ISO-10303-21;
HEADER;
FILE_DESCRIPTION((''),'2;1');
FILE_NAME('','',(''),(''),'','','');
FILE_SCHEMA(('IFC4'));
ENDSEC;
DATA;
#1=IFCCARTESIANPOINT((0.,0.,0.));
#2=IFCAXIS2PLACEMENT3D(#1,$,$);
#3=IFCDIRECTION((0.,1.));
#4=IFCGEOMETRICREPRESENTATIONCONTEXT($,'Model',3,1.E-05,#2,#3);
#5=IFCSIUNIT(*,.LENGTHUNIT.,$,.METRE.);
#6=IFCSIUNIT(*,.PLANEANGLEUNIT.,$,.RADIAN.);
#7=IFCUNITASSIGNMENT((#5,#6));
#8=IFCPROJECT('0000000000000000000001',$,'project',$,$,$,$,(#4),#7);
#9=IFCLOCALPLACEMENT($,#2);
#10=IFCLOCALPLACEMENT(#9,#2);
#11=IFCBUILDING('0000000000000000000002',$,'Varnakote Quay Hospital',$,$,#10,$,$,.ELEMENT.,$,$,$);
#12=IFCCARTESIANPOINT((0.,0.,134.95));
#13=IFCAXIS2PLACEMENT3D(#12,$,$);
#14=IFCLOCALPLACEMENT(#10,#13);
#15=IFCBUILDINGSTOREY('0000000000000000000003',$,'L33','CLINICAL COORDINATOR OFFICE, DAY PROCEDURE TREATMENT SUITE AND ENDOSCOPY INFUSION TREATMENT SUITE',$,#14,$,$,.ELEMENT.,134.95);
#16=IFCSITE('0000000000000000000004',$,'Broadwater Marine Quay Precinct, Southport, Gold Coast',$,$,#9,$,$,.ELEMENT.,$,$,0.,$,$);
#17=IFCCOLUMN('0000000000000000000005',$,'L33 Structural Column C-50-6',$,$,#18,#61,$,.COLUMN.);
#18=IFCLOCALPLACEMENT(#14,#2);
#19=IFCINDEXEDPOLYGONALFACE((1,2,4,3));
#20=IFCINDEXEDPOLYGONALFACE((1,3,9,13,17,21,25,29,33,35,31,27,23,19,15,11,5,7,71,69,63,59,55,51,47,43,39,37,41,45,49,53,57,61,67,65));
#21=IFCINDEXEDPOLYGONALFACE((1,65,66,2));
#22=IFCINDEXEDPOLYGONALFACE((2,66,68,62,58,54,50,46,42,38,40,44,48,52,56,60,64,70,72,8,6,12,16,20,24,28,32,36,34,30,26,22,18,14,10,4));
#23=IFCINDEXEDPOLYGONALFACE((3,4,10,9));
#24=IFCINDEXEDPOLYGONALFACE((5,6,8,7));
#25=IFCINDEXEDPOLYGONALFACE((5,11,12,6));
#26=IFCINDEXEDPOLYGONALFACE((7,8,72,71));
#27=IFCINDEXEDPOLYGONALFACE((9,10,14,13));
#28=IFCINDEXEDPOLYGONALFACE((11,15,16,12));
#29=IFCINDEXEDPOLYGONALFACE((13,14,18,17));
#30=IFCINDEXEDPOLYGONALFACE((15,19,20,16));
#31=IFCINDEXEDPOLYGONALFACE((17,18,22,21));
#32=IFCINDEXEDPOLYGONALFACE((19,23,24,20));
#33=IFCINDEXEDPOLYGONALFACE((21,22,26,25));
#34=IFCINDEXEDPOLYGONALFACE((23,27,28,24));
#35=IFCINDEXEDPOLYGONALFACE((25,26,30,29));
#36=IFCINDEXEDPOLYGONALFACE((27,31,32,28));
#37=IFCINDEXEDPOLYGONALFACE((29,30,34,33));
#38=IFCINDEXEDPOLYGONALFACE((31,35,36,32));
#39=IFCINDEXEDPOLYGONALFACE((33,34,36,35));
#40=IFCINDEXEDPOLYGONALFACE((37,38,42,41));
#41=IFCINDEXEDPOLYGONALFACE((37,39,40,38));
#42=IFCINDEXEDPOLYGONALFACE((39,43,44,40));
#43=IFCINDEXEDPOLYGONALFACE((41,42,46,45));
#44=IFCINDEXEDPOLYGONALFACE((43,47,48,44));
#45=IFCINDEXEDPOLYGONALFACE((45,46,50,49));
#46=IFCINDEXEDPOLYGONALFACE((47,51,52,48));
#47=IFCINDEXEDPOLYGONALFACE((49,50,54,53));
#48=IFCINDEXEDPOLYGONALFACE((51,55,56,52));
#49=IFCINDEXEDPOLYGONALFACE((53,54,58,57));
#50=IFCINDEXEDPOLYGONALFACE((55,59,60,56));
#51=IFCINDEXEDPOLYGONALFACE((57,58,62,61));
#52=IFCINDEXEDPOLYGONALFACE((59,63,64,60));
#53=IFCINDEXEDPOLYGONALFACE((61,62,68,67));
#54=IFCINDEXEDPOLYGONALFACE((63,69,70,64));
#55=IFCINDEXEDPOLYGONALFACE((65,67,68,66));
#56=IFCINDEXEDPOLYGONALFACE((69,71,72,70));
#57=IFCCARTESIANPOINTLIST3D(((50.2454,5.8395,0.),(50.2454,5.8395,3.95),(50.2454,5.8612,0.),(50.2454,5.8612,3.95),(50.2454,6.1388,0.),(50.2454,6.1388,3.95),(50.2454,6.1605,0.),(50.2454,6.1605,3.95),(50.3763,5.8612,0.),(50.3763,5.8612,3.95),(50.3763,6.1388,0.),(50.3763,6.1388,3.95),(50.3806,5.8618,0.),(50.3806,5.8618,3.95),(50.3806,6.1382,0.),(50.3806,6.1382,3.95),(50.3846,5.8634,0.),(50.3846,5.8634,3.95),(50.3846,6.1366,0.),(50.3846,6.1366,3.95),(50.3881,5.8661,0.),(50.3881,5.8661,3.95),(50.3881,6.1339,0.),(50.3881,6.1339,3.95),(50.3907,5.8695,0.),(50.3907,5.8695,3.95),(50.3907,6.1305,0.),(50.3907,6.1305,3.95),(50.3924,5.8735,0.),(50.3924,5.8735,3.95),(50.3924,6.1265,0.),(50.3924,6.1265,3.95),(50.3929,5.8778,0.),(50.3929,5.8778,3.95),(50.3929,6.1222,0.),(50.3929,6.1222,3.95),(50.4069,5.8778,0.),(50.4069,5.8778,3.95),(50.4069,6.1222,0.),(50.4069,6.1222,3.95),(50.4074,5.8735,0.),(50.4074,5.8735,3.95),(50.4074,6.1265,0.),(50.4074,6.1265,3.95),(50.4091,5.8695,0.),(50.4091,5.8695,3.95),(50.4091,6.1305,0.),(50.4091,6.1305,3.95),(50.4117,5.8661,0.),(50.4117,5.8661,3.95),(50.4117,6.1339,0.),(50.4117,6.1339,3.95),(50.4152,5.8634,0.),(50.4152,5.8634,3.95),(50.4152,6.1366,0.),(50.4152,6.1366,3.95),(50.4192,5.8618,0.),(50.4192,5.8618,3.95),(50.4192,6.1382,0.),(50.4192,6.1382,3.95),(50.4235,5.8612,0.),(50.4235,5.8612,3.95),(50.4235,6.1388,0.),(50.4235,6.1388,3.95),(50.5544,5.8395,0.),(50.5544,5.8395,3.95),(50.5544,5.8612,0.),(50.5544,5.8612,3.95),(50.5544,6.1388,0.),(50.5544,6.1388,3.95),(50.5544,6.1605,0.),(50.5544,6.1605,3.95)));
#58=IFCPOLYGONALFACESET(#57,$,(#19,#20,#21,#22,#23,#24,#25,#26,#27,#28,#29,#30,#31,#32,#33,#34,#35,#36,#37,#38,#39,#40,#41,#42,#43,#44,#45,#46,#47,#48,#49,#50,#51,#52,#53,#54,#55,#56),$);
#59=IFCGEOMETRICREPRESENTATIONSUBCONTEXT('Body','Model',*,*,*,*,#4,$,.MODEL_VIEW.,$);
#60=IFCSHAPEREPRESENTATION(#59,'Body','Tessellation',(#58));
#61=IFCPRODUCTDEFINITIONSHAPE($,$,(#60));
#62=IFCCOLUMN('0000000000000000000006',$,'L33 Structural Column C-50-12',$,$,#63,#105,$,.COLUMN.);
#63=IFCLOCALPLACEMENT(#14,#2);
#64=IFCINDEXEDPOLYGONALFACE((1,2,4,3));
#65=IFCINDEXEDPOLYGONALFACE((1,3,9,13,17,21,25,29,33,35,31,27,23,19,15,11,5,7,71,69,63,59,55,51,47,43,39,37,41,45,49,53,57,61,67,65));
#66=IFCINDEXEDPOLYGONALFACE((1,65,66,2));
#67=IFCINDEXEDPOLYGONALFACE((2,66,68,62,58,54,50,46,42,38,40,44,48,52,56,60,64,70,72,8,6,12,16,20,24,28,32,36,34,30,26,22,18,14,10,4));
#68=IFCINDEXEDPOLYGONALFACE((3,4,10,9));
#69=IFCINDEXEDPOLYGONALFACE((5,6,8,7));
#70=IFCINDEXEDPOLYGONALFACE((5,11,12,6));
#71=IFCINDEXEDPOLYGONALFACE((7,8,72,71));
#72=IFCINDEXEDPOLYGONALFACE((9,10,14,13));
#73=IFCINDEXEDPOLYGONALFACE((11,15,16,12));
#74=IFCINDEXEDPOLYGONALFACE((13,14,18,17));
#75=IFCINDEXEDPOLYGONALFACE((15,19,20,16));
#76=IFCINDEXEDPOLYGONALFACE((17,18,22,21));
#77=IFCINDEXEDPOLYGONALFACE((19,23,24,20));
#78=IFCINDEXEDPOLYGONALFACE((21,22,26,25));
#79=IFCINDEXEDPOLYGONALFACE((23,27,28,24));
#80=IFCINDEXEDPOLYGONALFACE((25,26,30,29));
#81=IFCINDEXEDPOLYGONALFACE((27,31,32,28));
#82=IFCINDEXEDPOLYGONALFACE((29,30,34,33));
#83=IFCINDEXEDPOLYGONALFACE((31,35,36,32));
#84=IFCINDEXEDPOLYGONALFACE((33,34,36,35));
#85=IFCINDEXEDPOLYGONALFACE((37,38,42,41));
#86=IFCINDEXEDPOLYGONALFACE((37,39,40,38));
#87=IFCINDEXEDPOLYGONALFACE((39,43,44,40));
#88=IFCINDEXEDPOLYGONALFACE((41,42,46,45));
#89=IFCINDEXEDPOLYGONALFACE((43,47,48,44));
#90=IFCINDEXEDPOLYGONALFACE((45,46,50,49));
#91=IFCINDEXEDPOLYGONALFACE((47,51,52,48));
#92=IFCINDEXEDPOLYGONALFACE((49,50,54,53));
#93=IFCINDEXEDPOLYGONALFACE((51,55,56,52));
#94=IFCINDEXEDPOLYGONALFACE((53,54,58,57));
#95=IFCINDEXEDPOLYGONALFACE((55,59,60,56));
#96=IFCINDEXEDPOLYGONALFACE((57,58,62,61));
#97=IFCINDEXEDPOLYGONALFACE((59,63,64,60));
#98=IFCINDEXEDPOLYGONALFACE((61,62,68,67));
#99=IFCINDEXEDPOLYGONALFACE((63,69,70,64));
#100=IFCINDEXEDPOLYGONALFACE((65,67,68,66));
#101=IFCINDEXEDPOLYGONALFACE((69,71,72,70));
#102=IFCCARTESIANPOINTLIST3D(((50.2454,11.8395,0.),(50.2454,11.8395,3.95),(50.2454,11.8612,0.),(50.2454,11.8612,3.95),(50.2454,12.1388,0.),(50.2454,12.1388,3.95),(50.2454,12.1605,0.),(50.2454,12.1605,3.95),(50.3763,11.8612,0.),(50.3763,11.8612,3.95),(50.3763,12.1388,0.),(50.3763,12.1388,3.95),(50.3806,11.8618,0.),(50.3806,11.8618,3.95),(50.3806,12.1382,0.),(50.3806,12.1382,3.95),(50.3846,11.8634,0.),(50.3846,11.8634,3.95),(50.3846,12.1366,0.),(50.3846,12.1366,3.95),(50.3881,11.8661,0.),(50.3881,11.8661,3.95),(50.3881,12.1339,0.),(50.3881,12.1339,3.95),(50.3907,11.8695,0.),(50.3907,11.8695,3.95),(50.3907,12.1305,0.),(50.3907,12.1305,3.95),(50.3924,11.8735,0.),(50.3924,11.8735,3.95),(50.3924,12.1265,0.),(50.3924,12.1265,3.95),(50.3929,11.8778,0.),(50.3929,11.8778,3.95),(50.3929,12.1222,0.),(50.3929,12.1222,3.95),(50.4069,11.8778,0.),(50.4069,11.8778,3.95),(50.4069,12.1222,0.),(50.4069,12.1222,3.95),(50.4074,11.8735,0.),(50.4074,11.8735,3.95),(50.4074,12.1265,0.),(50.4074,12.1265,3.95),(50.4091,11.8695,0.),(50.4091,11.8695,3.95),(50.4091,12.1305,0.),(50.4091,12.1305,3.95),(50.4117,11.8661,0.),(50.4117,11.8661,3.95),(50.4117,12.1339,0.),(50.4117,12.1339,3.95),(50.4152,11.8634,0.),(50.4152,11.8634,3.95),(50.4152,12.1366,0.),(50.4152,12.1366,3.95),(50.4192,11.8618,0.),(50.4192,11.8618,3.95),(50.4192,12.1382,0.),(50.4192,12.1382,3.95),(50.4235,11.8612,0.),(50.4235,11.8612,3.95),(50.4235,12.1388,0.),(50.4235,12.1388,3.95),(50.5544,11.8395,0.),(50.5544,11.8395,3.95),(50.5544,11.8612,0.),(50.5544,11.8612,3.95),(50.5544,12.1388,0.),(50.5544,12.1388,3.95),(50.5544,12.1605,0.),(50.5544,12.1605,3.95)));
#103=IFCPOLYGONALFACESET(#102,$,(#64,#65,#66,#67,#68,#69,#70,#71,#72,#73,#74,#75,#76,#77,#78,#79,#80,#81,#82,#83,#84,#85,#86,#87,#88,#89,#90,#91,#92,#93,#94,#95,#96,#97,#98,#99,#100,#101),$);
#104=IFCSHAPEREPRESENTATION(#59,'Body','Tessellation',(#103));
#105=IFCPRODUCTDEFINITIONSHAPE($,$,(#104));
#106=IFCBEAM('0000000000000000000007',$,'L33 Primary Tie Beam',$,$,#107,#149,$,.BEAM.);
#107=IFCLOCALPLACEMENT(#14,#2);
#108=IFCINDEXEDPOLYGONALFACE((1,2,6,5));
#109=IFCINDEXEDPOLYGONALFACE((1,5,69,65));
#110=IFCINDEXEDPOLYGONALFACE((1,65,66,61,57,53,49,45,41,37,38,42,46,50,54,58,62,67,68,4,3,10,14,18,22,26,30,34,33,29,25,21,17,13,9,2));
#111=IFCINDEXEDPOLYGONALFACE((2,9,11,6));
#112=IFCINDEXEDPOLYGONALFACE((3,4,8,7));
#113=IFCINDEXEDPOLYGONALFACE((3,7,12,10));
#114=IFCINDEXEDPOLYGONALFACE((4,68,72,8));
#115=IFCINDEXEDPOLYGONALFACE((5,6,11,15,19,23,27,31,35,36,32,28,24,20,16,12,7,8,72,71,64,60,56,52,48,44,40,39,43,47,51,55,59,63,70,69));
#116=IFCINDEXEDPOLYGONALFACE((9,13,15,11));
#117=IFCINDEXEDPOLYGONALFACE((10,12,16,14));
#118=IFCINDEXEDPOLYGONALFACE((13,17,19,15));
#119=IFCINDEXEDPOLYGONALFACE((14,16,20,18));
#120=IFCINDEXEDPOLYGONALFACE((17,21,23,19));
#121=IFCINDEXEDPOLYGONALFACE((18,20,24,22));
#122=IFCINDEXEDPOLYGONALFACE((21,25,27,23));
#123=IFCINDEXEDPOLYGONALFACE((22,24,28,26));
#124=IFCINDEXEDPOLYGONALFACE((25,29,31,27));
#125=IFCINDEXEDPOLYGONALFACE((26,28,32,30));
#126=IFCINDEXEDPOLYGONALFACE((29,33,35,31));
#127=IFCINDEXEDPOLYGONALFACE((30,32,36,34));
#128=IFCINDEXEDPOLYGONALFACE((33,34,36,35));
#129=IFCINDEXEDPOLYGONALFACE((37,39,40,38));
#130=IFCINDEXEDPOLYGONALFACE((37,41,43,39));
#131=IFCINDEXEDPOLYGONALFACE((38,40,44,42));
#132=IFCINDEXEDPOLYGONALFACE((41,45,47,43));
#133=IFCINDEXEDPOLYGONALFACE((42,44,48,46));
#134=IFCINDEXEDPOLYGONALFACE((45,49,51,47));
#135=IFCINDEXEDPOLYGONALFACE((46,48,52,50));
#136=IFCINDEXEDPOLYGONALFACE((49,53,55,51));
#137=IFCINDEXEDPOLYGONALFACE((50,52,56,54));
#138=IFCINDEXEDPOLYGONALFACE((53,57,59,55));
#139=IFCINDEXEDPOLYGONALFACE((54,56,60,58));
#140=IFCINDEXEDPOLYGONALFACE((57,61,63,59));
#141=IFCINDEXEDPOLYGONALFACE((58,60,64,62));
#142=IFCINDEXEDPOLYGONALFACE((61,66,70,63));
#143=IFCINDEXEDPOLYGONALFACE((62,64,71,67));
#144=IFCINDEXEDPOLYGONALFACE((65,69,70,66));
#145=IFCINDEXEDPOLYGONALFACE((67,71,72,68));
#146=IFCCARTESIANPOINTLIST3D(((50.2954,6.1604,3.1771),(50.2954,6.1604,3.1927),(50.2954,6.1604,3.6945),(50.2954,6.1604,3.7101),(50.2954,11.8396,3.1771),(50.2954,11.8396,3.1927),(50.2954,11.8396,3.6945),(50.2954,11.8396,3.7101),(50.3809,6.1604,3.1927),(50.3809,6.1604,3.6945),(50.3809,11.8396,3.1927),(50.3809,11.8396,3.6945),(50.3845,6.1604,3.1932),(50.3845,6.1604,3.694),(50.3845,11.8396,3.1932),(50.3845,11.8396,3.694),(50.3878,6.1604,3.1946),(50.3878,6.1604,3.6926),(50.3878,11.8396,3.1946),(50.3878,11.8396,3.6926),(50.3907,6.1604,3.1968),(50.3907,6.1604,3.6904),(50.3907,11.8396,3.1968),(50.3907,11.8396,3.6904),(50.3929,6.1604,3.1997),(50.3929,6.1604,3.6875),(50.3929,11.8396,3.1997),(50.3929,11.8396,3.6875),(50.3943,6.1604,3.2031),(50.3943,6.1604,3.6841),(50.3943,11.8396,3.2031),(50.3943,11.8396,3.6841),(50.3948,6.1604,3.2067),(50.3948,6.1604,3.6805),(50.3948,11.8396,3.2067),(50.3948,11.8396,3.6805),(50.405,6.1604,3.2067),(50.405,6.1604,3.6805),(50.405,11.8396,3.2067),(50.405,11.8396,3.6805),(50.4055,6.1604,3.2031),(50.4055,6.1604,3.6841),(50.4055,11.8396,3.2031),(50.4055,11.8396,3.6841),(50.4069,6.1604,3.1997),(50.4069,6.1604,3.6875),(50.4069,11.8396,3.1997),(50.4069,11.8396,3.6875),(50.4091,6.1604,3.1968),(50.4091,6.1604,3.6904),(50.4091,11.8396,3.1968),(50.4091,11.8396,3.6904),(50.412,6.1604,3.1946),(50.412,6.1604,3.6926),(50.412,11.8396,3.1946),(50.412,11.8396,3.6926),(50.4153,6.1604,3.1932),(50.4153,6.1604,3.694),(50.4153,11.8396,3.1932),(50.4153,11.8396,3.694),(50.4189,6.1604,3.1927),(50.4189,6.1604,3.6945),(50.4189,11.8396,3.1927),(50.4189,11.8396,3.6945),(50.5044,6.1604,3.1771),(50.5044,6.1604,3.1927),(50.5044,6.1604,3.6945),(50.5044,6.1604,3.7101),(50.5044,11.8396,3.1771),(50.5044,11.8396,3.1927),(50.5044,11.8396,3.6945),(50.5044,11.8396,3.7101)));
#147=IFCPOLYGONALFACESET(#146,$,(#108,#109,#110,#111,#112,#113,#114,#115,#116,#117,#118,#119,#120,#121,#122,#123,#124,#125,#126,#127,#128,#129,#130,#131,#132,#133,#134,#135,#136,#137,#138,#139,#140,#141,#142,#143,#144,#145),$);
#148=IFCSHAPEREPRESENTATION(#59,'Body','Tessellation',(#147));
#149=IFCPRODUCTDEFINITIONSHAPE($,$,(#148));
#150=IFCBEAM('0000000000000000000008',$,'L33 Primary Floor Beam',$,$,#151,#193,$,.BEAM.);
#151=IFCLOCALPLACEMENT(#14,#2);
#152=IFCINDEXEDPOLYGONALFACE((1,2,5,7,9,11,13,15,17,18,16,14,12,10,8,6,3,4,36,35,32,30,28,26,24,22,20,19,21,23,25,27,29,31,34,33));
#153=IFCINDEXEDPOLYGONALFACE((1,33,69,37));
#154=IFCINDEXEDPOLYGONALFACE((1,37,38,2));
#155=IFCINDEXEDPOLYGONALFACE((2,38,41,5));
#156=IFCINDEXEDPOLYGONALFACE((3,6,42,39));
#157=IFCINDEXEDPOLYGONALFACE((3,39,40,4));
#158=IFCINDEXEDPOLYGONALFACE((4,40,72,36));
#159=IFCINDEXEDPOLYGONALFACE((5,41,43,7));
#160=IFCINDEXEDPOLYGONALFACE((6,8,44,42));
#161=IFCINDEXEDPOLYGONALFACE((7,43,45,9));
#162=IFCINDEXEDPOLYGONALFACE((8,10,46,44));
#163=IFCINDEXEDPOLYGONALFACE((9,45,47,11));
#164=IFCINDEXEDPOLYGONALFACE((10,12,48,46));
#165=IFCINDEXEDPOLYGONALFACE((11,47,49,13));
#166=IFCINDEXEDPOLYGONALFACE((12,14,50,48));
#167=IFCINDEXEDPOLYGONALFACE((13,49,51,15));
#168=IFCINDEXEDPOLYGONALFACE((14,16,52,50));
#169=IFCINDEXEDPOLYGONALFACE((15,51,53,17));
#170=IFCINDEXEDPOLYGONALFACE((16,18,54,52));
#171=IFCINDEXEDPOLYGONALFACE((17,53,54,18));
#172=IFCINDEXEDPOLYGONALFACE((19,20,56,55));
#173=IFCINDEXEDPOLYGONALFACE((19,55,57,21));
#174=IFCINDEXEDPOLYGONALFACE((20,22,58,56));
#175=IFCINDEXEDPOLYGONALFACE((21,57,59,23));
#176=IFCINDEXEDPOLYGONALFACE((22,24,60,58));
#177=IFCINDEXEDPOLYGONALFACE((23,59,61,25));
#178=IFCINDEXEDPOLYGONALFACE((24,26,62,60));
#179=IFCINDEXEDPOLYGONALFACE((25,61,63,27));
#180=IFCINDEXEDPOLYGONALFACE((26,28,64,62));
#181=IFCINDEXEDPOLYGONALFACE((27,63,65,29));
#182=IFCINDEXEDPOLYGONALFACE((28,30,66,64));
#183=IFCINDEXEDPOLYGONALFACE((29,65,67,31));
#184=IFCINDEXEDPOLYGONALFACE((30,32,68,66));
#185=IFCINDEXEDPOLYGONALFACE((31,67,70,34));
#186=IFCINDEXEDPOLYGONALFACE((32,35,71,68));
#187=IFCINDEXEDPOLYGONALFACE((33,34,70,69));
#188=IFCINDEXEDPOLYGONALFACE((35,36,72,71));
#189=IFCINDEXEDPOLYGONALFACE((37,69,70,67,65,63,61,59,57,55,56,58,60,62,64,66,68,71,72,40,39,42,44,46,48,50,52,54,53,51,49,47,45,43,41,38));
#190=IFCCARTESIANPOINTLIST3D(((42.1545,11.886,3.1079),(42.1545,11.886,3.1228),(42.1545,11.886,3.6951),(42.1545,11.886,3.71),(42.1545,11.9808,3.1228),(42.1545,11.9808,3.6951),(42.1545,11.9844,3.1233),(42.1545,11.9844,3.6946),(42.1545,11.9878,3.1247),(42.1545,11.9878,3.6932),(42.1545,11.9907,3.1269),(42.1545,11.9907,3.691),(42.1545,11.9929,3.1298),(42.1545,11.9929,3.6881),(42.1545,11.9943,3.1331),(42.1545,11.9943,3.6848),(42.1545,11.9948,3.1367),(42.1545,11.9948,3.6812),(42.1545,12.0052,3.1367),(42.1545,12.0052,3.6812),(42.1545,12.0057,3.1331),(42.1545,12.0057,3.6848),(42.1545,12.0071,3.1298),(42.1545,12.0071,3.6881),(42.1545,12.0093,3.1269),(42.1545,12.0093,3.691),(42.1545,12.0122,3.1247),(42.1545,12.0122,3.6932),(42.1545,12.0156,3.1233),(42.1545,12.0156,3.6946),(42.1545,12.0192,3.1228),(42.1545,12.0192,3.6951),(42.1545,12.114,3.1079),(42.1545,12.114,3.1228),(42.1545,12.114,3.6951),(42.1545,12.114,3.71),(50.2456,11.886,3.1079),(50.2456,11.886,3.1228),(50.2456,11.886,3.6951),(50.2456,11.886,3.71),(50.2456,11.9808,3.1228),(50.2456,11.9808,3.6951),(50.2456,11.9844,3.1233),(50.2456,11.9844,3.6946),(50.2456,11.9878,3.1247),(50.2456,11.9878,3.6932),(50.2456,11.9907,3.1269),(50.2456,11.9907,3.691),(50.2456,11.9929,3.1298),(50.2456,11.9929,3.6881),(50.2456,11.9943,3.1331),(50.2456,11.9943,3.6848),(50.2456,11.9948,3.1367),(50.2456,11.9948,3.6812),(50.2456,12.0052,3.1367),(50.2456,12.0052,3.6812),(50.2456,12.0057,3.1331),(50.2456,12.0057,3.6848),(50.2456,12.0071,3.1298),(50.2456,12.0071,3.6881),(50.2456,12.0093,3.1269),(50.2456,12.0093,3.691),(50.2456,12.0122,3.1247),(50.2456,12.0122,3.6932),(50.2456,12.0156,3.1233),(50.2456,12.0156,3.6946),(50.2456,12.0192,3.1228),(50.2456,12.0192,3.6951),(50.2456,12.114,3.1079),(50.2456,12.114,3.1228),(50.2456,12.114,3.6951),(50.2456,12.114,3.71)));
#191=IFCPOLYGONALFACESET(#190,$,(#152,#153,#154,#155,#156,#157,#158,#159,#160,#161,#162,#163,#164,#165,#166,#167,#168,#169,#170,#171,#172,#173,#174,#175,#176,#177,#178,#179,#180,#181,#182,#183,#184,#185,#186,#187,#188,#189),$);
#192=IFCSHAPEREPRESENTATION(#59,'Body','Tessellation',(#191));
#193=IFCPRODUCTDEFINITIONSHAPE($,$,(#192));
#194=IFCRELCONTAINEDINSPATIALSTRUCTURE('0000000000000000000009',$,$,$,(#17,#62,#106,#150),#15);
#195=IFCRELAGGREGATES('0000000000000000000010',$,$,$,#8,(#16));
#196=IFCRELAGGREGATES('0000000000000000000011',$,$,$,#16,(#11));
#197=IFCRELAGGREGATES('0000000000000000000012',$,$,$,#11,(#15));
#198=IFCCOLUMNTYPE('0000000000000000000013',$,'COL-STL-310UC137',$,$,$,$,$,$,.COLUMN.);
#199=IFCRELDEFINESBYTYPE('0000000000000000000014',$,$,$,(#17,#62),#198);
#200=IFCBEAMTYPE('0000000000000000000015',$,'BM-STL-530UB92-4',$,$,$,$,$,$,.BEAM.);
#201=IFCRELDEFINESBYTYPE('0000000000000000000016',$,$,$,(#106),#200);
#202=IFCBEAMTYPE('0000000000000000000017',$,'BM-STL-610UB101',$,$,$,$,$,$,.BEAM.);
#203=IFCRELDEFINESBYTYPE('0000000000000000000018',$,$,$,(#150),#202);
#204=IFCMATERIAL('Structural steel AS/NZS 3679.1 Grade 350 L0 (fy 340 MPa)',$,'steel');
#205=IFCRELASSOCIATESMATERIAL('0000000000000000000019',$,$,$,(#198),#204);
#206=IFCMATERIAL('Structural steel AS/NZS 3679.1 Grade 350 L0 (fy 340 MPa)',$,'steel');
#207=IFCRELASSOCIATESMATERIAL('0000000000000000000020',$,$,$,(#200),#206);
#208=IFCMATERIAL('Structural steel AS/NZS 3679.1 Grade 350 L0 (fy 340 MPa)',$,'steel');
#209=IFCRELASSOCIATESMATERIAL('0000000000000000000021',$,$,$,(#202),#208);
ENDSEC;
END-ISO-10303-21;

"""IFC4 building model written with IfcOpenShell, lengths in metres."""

from ifc_helpers import new_model, si_unit, direction, frame, origin, origin_2d, place, context, subcontext, project, spatial, i_section, extrude, material, material_profile, profile_set, type_object, element, save


model = new_model("IFC4")

# Units and contexts
model_context = context("Model", 3, precision=1e-05, world=origin(), true_north=direction((0.0, 1.0)))
body_context = subcontext(model_context, "Body", "Model", "MODEL_VIEW")
ifc_project = project(units=[si_unit("LENGTHUNIT", "METRE"), si_unit("PLANEANGLEUNIT", "RADIAN")], contexts=[model_context])

# Site, building, storey
site_placement = place(None, origin())
site = spatial("IfcSite", under=ifc_project, at=site_placement, Name="Broadwater Marine Quay Precinct, Southport, Gold Coast", CompositionType="ELEMENT", RefElevation=0.0)
building_placement = place(site_placement, origin())
building = spatial("IfcBuilding", under=site, at=building_placement, Name="Varnakote Quay Hospital", CompositionType="ELEMENT")
storey_placement = place(building_placement, frame((0.0, 0.0, 134.95)))
storey = spatial("IfcBuildingStorey", under=building, at=storey_placement, Name="L33", Description="CLINICAL COORDINATOR OFFICE, DAY PROCEDURE TREATMENT SUITE AND ENDOSCOPY INFUSION TREATMENT SUITE", CompositionType="ELEMENT", Elevation=134.95)

# Columns
ifc_material_1 = material(Name="Structural steel AS/NZS 3679.1 Grade 350 L0 (fy 340 MPa)", Category="steel")
ifc_material_profile_1 = material_profile(ifc_material_1, i_section(OverallWidth=0.3091, OverallDepth=0.321, WebThickness=0.0139, FlangeThickness=0.0217, FilletRadius=0.0166, at=origin_2d()), Name="310UC137")
ifc_profile_set_1 = profile_set([ifc_material_profile_1], Name="Structural steel AS/NZS 3679.1 Grade 350 L0 (fy 340 MPa)")
column_type = type_object("IfcColumnType", Name="COL-STL-310UC137", PredefinedType="COLUMN", material=ifc_profile_set_1)
for number, where, z_axis, x_axis, name in (
    (1, (50.3999, 6.0, 0.0), (0.0, 0.0, 1.0), (1.0, 0.0, 0.0), "L33 Structural Column C-50-6"),
    (2, (50.3999, 12.0, 0.0), (0.0, 0.0, 1.0), (1.0, 0.0, 0.0), "L33 Structural Column C-50-12"),
):
    element("IfcColumn", number, at=place(storey_placement, frame(where, z_axis=z_axis, x_axis=x_axis)), inside=storey, type_object=column_type, Name=name, PredefinedType="COLUMN", context=body_context, shape_type="SweptSolid", body=[
        extrude(i_section(OverallWidth=0.3091, OverallDepth=0.321, WebThickness=0.0139, FlangeThickness=0.0217, FilletRadius=0.0166, at=origin_2d()), origin(), (0.0, 0.0, 1.0), 3.95),
    ])

# Beams
ifc_material_2 = material(Name="Structural steel AS/NZS 3679.1 Grade 350 L0 (fy 340 MPa)", Category="steel")
ifc_material_profile_2 = material_profile(ifc_material_2, i_section(OverallWidth=0.209, OverallDepth=0.533, WebThickness=0.0103, FlangeThickness=0.0156, FilletRadius=0.0139, at=origin_2d()), Name="530UB92.4")
ifc_profile_set_2 = profile_set([ifc_material_profile_2], Name="Structural steel AS/NZS 3679.1 Grade 350 L0 (fy 340 MPa)")
beam_type_1 = type_object("IfcBeamType", Name="BM-STL-530UB92-4", PredefinedType="BEAM", material=ifc_profile_set_2)
beam_1_placement = place(storey_placement, frame((50.3999, 6.1604, 3.4436), z_axis=(0.0, 1.0, 0.0), x_axis=(-1.0, 0.0, 0.0)))
element("IfcBeam", 3, at=beam_1_placement, inside=storey, type_object=beam_type_1, Name="L33 Primary Tie Beam", PredefinedType="BEAM", context=body_context, shape_type="SweptSolid", body=[
    extrude(i_section(OverallWidth=0.209, OverallDepth=0.533, WebThickness=0.0103, FlangeThickness=0.0156, FilletRadius=0.0139, at=origin_2d()), origin(), (0.0, 0.0, 1.0), 5.6792),
])
ifc_material_3 = material(Name="Structural steel AS/NZS 3679.1 Grade 350 L0 (fy 340 MPa)", Category="steel")
ifc_material_profile_3 = material_profile(ifc_material_3, i_section(OverallWidth=0.228, OverallDepth=0.6021, WebThickness=0.0105, FlangeThickness=0.0149, FilletRadius=0.0139, at=origin_2d()), Name="610UB101")
ifc_profile_set_3 = profile_set([ifc_material_profile_3], Name="Structural steel AS/NZS 3679.1 Grade 350 L0 (fy 340 MPa)")
beam_type_2 = type_object("IfcBeamType", Name="BM-STL-610UB101", PredefinedType="BEAM", material=ifc_profile_set_3)
beam_2_placement = place(storey_placement, frame((42.1545, 12.0, 3.4089), z_axis=(1.0, 0.0, 0.0), x_axis=(0.0, 1.0, 0.0)))
element("IfcBeam", 4, at=beam_2_placement, inside=storey, type_object=beam_type_2, Name="L33 Primary Floor Beam", PredefinedType="BEAM", context=body_context, shape_type="SweptSolid", body=[
    extrude(i_section(OverallWidth=0.228, OverallDepth=0.6021, WebThickness=0.0105, FlangeThickness=0.0149, FilletRadius=0.0139, at=origin_2d()), origin(), (0.0, 0.0, 1.0), 8.0911),
])

save(model, "model.ifc")
